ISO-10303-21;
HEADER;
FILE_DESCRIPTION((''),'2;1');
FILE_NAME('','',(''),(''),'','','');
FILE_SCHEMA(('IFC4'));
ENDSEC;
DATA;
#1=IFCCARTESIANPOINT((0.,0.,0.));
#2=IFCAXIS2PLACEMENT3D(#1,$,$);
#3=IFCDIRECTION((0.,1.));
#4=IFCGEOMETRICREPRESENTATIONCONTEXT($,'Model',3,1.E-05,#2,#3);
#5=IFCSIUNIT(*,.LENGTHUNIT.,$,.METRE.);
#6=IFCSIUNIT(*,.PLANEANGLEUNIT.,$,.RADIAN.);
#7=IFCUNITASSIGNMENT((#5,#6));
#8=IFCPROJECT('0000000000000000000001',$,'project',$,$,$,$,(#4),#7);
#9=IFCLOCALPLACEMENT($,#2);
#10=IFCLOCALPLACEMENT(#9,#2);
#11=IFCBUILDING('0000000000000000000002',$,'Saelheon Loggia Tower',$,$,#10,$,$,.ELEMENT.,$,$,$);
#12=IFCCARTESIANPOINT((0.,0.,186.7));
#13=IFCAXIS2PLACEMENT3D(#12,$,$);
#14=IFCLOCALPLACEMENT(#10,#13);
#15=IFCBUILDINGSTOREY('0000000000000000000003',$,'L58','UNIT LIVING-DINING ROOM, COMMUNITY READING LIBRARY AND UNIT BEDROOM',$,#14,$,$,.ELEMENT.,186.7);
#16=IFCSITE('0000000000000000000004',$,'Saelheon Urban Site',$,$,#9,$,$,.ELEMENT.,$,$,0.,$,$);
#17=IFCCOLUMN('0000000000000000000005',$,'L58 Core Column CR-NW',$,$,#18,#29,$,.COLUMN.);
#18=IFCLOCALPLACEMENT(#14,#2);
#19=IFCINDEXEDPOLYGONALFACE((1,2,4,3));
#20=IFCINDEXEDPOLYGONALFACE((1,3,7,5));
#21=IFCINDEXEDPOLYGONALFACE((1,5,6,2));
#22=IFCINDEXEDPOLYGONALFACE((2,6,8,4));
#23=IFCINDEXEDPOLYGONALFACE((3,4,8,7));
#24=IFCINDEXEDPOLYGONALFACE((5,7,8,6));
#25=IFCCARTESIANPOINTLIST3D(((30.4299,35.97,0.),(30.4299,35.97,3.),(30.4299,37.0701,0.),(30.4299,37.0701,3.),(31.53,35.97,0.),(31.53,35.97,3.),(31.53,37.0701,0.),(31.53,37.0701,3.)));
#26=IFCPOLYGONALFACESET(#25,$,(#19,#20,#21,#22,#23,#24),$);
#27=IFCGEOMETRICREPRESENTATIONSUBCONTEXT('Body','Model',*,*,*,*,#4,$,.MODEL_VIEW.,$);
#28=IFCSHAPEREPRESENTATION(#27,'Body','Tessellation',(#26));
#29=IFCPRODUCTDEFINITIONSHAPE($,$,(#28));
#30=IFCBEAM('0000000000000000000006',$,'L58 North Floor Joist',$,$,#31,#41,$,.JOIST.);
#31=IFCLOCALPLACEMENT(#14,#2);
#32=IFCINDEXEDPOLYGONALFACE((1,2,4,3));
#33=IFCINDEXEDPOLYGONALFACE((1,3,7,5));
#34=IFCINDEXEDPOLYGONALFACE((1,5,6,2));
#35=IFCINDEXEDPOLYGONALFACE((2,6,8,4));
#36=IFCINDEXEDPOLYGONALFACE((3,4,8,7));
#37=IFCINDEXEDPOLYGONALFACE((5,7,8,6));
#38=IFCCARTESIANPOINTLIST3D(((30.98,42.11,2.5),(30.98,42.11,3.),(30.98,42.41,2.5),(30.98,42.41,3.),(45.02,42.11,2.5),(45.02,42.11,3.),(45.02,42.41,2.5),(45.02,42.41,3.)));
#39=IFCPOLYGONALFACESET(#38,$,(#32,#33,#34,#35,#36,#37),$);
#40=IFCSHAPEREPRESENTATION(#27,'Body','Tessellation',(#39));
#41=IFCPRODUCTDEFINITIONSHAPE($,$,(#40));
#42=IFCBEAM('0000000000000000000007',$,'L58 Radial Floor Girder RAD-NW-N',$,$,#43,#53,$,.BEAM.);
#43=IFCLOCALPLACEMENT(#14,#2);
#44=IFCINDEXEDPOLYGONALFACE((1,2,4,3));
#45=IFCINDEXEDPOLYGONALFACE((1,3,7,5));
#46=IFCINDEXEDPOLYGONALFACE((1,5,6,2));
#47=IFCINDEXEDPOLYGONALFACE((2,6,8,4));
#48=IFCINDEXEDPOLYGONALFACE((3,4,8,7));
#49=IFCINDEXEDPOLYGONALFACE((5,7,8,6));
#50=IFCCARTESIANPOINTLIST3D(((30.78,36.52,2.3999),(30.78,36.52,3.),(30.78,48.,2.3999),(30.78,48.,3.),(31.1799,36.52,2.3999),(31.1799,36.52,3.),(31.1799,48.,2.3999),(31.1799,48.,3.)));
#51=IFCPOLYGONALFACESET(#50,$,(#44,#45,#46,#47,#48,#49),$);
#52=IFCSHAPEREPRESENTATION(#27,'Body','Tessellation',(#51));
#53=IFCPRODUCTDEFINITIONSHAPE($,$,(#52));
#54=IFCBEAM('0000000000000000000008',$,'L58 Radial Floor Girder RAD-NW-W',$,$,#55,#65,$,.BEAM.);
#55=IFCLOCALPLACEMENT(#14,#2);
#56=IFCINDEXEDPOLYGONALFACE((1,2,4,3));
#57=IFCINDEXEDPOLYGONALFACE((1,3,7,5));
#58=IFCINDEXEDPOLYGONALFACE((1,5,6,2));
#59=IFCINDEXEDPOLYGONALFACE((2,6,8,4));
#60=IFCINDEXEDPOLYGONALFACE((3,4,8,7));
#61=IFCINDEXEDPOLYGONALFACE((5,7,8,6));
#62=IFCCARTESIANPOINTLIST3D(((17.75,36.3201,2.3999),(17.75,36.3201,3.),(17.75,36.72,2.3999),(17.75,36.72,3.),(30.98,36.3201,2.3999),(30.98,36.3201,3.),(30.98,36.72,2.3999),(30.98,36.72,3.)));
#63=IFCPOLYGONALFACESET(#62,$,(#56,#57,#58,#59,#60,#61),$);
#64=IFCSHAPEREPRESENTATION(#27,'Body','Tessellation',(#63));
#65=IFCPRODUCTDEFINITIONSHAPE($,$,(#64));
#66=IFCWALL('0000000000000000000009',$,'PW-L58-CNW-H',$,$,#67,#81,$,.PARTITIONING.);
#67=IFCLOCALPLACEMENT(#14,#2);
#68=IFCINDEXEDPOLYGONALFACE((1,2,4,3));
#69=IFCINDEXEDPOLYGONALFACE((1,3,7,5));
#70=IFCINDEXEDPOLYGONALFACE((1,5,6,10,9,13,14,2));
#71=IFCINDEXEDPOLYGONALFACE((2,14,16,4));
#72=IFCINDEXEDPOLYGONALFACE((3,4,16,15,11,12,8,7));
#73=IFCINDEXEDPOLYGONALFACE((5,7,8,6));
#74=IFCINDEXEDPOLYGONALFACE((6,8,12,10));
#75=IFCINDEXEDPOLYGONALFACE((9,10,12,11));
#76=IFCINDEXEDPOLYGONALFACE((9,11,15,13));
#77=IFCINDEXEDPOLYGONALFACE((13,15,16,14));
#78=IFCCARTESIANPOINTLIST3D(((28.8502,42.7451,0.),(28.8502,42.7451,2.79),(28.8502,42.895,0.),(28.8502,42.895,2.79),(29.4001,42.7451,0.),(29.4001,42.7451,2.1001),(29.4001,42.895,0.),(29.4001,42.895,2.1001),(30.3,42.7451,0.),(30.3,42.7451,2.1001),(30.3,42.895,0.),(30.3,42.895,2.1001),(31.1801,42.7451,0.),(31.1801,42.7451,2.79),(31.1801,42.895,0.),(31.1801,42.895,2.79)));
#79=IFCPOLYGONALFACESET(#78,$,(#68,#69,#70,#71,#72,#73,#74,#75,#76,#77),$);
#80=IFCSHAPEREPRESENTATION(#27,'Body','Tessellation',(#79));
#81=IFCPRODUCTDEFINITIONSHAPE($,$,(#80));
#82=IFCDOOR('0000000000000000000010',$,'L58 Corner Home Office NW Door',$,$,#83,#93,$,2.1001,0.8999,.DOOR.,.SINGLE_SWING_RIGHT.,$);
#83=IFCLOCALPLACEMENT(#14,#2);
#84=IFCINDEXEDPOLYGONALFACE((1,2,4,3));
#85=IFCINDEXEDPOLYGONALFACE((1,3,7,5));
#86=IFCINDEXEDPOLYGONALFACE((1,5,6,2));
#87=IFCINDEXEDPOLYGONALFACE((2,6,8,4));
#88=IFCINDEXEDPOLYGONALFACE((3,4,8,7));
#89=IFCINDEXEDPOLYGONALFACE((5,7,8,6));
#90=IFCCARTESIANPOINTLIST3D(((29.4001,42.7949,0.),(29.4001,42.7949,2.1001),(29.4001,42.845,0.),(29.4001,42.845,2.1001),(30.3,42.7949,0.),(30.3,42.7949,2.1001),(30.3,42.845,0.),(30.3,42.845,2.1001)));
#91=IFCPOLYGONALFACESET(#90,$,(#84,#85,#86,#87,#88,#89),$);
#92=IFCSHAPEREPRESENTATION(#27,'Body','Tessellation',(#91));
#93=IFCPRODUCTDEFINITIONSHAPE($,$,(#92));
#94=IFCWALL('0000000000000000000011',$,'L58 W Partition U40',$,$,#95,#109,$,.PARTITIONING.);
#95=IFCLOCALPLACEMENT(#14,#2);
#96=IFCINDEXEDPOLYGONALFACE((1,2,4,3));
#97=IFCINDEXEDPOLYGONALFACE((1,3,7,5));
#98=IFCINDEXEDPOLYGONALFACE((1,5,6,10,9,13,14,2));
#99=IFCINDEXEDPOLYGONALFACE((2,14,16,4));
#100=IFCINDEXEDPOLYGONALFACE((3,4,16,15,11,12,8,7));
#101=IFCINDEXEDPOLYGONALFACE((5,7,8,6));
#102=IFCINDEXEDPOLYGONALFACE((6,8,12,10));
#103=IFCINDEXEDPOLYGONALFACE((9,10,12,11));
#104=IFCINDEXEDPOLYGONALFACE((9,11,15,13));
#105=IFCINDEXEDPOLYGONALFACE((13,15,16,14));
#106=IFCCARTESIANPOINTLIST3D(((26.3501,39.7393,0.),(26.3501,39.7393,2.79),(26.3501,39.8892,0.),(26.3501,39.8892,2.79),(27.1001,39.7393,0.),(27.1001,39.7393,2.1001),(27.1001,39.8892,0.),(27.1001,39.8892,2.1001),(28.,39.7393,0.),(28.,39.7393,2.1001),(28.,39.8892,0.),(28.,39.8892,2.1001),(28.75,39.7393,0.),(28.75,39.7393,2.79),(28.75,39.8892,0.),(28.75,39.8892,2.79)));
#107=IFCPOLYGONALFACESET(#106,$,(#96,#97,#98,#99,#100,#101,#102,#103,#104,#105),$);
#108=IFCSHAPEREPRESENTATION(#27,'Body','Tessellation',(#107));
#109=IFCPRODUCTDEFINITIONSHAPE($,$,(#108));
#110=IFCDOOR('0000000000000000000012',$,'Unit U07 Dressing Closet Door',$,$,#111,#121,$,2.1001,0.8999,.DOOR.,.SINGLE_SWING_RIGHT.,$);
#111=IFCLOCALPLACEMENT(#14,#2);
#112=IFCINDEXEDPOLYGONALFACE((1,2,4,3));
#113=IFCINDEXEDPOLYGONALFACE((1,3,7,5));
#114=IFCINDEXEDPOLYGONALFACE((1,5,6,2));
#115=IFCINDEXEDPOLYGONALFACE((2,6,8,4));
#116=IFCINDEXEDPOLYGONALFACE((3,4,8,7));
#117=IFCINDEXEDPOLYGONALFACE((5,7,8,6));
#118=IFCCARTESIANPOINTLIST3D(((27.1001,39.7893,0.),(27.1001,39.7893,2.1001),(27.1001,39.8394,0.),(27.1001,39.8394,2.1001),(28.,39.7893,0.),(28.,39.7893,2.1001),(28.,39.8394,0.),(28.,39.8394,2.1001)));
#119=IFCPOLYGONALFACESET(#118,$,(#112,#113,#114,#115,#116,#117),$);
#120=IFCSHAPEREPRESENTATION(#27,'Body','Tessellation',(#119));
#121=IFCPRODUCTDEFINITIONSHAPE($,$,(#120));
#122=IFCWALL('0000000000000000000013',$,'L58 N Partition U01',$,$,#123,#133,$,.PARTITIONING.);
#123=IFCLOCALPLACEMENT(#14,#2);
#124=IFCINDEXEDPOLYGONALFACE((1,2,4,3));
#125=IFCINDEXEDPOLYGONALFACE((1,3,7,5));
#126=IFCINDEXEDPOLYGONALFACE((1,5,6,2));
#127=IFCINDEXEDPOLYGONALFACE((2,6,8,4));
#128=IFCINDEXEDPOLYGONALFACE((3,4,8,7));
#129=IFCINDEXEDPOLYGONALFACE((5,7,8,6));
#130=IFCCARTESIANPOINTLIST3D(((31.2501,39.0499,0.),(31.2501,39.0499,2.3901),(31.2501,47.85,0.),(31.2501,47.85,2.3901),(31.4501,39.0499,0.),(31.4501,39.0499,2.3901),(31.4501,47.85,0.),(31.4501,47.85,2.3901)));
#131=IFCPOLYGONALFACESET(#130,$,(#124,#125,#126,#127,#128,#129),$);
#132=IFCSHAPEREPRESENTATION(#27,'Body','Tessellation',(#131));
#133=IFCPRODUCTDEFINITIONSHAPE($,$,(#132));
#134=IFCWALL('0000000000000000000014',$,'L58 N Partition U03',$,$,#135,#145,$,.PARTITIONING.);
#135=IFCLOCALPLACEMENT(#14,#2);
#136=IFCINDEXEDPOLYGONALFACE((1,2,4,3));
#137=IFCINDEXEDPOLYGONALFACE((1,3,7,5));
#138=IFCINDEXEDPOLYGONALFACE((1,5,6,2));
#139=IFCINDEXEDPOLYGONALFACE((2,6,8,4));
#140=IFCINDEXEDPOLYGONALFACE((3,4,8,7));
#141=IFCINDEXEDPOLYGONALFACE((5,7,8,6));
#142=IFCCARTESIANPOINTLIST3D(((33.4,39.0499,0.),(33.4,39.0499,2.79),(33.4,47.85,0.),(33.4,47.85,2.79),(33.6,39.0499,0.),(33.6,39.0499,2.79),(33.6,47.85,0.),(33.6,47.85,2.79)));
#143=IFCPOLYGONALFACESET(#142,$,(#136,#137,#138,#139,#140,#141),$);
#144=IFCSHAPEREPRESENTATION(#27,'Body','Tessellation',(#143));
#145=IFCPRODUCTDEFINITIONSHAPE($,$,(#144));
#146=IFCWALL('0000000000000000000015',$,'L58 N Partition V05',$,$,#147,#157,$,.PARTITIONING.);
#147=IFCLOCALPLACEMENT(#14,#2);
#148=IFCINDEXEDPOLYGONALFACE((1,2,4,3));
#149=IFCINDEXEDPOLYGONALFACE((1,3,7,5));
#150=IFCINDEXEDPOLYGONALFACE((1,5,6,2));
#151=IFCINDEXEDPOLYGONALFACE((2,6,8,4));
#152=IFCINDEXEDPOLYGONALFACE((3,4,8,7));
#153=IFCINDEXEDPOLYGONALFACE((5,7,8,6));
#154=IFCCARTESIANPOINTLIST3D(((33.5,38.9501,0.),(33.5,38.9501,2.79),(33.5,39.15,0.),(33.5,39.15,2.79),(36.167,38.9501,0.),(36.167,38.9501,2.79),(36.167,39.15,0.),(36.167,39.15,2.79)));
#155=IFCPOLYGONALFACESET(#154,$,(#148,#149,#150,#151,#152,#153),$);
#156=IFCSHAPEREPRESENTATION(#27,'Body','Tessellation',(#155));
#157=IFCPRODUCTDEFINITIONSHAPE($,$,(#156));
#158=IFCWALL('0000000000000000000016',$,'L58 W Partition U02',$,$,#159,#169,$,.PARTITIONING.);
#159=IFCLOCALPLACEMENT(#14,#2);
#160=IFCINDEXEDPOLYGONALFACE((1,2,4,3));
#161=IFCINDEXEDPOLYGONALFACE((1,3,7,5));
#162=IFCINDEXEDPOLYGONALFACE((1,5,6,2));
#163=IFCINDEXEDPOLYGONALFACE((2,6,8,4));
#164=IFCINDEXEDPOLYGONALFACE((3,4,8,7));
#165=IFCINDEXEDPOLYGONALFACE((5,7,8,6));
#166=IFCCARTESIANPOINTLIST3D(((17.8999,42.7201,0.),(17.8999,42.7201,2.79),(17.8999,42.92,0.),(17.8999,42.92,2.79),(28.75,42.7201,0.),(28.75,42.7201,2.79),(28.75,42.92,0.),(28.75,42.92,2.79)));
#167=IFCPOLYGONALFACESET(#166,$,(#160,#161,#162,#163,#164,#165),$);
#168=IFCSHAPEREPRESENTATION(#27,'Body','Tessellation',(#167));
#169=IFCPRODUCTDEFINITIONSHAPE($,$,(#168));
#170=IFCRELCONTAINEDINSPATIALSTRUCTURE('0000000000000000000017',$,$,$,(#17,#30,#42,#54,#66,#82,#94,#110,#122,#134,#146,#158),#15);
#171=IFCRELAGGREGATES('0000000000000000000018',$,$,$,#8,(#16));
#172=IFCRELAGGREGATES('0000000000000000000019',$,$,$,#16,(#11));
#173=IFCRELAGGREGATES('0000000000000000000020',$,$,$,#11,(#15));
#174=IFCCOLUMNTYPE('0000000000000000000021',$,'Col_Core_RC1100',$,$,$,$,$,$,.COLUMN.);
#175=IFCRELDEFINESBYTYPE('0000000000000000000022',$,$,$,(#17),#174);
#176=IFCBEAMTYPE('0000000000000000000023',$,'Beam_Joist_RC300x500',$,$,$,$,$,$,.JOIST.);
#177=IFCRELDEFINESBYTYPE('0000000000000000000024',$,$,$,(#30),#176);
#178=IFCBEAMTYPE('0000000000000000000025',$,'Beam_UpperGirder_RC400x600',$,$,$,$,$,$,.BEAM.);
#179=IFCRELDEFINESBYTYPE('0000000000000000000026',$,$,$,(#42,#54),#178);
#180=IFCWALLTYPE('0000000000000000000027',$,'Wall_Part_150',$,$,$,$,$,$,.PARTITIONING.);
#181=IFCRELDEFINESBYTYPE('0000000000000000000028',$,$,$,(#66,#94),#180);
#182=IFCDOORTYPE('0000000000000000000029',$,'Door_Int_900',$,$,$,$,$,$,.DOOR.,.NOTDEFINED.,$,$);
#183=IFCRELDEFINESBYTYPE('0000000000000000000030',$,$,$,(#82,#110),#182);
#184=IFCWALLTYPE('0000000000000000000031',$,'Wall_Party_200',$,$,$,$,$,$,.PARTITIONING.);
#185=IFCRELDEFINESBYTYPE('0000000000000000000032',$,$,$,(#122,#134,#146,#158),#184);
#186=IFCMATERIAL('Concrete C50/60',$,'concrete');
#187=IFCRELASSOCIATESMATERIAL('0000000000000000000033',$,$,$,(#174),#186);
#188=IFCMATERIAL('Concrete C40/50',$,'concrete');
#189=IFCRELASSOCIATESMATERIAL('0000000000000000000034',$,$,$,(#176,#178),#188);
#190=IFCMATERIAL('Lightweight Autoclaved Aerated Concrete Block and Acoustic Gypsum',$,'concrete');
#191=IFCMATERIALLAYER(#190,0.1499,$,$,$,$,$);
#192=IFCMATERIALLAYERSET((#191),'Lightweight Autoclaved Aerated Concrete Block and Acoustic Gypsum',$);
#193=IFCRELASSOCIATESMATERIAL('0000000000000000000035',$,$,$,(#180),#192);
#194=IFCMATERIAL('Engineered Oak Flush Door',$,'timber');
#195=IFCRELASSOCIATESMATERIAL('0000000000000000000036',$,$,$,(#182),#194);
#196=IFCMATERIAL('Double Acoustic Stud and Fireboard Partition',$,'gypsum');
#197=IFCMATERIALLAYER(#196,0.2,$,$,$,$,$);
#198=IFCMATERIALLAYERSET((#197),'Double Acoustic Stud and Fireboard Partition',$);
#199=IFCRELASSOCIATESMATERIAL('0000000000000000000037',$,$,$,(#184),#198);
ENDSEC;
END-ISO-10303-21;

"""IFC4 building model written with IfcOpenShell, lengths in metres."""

from ifc_helpers import new_model, si_unit, direction, frame, frame_2d, origin, origin_2d, place, context, subcontext, project, spatial, rectangle, extrude, source, transform, mapped, material, layer, layer_set, material_profile, profile_set, type_object, element, fill, save


model = new_model("IFC4")

# Units and contexts
model_context = context("Model", 3, precision=1e-05, world=origin(), true_north=direction((0.0, 1.0)))
body_context = subcontext(model_context, "Body", "Model", "MODEL_VIEW")
ifc_project = project(units=[si_unit("LENGTHUNIT", "METRE"), si_unit("PLANEANGLEUNIT", "RADIAN")], contexts=[model_context])

# Site, building, storey
site_placement = place(None, origin())
site = spatial("IfcSite", under=ifc_project, at=site_placement, Name="Saelheon Urban Site", CompositionType="ELEMENT", RefElevation=0.0)
building_placement = place(site_placement, origin())
building = spatial("IfcBuilding", under=site, at=building_placement, Name="Saelheon Loggia Tower", CompositionType="ELEMENT")
storey_placement = place(building_placement, frame((0.0, 0.0, 186.7)))
storey = spatial("IfcBuildingStorey", under=building, at=storey_placement, Name="L58", Description="UNIT LIVING-DINING ROOM, COMMUNITY READING LIBRARY AND UNIT BEDROOM", CompositionType="ELEMENT", Elevation=186.7)

# Column
ifc_material_1 = material(Name="Concrete C50/60", Category="concrete")
ifc_material_profile_1 = material_profile(ifc_material_1, rectangle(XDim=1.1001, YDim=1.1001, at=origin_2d()), Name="RC-1100x1100")
ifc_profile_set_1 = profile_set([ifc_material_profile_1], Name="Concrete C50/60")
column_type = type_object("IfcColumnType", Name="Col_Core_RC1100", PredefinedType="COLUMN", material=ifc_profile_set_1)
shared_shape_1 = source(origin(), body_context, "Body", "SweptSolid", [
    extrude(rectangle(XDim=1.1001, YDim=1.1001, at=origin_2d()), origin(), (0.0, 0.0, 1.0), 3.0),
])
column_placement = place(storey_placement, frame((30.98, 36.52, 0.0), z_axis=(0.0, 0.0, 1.0), x_axis=(1.0, 0.0, 0.0)))
element("IfcColumn", 1, at=column_placement, inside=storey, type_object=column_type, Name="L58 Core Column CR-NW", PredefinedType="COLUMN", context=body_context, shape_type="MappedRepresentation", body=[
    mapped(shared_shape_1, transform((0.0, 0.0, 0.0), scale=1.0)),
])

# Beams
ifc_material_2 = material(Name="Concrete C40/50", Category="concrete")
ifc_material_profile_2 = material_profile(ifc_material_2, rectangle(XDim=0.3, YDim=0.5, at=origin_2d()), Name="RC-300x500")
ifc_profile_set_2 = profile_set([ifc_material_profile_2], Name="Concrete C40/50")
beam_type_1 = type_object("IfcBeamType", Name="Beam_Joist_RC300x500", PredefinedType="JOIST", material=ifc_profile_set_2)
shared_shape_2 = source(origin(), body_context, "Body", "SweptSolid", [
    extrude(rectangle(XDim=0.3, YDim=0.5, at=origin_2d()), origin(), (0.0, 0.0, 1.0), 14.04),
])
beam_1_placement = place(storey_placement, frame((30.98, 42.26, 2.75), z_axis=(1.0, 0.0, 0.0), x_axis=(0.0, 1.0, 0.0)))
element("IfcBeam", 2, at=beam_1_placement, inside=storey, type_object=beam_type_1, Name="L58 North Floor Joist", PredefinedType="JOIST", context=body_context, shape_type="MappedRepresentation", body=[
    mapped(shared_shape_2, transform((0.0, 0.0, 0.0), scale=1.0)),
])
ifc_material_profile_3 = material_profile(ifc_material_2, rectangle(XDim=0.3999, YDim=0.6001, at=origin_2d()), Name="RC-400x600")
ifc_profile_set_3 = profile_set([ifc_material_profile_3], Name="Concrete C40/50")
beam_type_2 = type_object("IfcBeamType", Name="Beam_UpperGirder_RC400x600", PredefinedType="BEAM", material=ifc_profile_set_3)
shared_shape_3 = source(origin(), body_context, "Body", "SweptSolid", [
    extrude(rectangle(XDim=0.3999, YDim=0.6001, at=origin_2d()), origin(), (0.0, 0.0, 1.0), 11.48),
])
beam_2_placement = place(storey_placement, frame((30.98, 36.52, 2.7), z_axis=(0.0, 1.0, 0.0), x_axis=(-1.0, 0.0, 0.0)))
element("IfcBeam", 3, at=beam_2_placement, inside=storey, type_object=beam_type_2, Name="L58 Radial Floor Girder RAD-NW-N", PredefinedType="BEAM", context=body_context, shape_type="MappedRepresentation", body=[
    mapped(shared_shape_3, transform((0.0, 0.0, 0.0), scale=1.0)),
])
shared_shape_4 = source(origin(), body_context, "Body", "SweptSolid", [
    extrude(rectangle(XDim=0.3999, YDim=0.6001, at=origin_2d()), origin(), (0.0, 0.0, 1.0), 13.23),
])
beam_3_placement = place(storey_placement, frame((30.98, 36.52, 2.7), z_axis=(-1.0, 0.0, 0.0), x_axis=(0.0, -1.0, 0.0)))
element("IfcBeam", 4, at=beam_3_placement, inside=storey, type_object=beam_type_2, Name="L58 Radial Floor Girder RAD-NW-W", PredefinedType="BEAM", context=body_context, shape_type="MappedRepresentation", body=[
    mapped(shared_shape_4, transform((0.0, 0.0, 0.0), scale=1.0)),
])

# Walls, openings, doors
ifc_material_3 = material(Name="Lightweight Autoclaved Aerated Concrete Block and Acoustic Gypsum", Category="concrete")
ifc_layer_1 = layer(ifc_material_3, 0.1499)
ifc_layer_set_1 = layer_set([ifc_layer_1], Name="Lightweight Autoclaved Aerated Concrete Block and Acoustic Gypsum")
wall_type_1 = type_object("IfcWallType", Name="Wall_Part_150", PredefinedType="PARTITIONING", material=ifc_layer_set_1)
wall_1_placement = place(storey_placement, frame((28.8501, 42.8201, 0.0), z_axis=(0.0, 0.0, 1.0), x_axis=(1.0, 0.0, 0.0)))
wall_1 = element("IfcWall", 5, at=wall_1_placement, inside=storey, type_object=wall_type_1, Name="PW-L58-CNW-H", PredefinedType="PARTITIONING", context=body_context, shape_type="SweptSolid", body=[
    extrude(rectangle(XDim=2.3298, YDim=0.1499, at=frame_2d((1.165, 0.0))), origin(), (0.0, 0.0, 1.0), 2.79),
])
opening_1_placement = place(wall_1_placement, frame((0.55, 0.0, 0.0)))
opening_1 = element("IfcOpeningElement", 6, at=opening_1_placement, cuts=wall_1, PredefinedType="OPENING", context=body_context, shape_type="SweptSolid", body=[
    extrude(rectangle(XDim=0.8999, YDim=2.1001, at=frame_2d((0.45, 1.05))), frame((0.0, 0.0869, 0.0), z_axis=(0.0, -1.0, 0.0), x_axis=(1.0, 0.0, 0.0)), (0.0, 0.0, 1.0), 0.1738),
])
ifc_material_4 = material(Name="Engineered Oak Flush Door", Category="timber")
door_type_1 = type_object("IfcDoorType", Name="Door_Int_900", OperationType="NOTDEFINED", PredefinedType="DOOR", material=ifc_material_4)
shared_shape_5 = source(origin(), body_context, "Body", "SweptSolid", [
    extrude(rectangle(XDim=0.8999, YDim=2.1001, at=frame_2d((0.45, 1.05))), frame((0.0, 0.0249, 0.0), z_axis=(0.0, -1.0, 0.0), x_axis=(1.0, 0.0, 0.0)), (0.0, 0.0, 1.0), 0.05),
])
door_1_placement = place(opening_1_placement, origin())
door_1 = element("IfcDoor", 7, at=door_1_placement, inside=storey, type_object=door_type_1, Name="L58 Corner Home Office NW Door", OperationType="SINGLE_SWING_RIGHT", OverallHeight=2.1001, OverallWidth=0.8999, PredefinedType="DOOR", context=body_context, shape_type="MappedRepresentation", body=[
    mapped(shared_shape_5, transform((0.0, 0.0, 0.0), scale=1.0)),
])
fill(opening_1, door_1)
wall_2_placement = place(storey_placement, frame((28.75, 39.8142, 0.0), z_axis=(0.0, 0.0, 1.0), x_axis=(-1.0, 0.0, 0.0)))
wall_2 = element("IfcWall", 8, at=wall_2_placement, inside=storey, type_object=wall_type_1, Name="L58 W Partition U40", PredefinedType="PARTITIONING", context=body_context, shape_type="SweptSolid", body=[
    extrude(rectangle(XDim=2.3999, YDim=0.1499, at=frame_2d((1.2, 0.0))), origin(), (0.0, 0.0, 1.0), 2.79),
])
opening_2_placement = place(wall_2_placement, frame((0.75, 0.0, 0.0)))
opening_2 = element("IfcOpeningElement", 9, at=opening_2_placement, cuts=wall_2, PredefinedType="OPENING", context=body_context, shape_type="SweptSolid", body=[
    extrude(rectangle(XDim=0.8999, YDim=2.1001, at=frame_2d((0.45, 1.05))), frame((0.0, 0.0869, 0.0), z_axis=(0.0, -1.0, 0.0), x_axis=(1.0, 0.0, 0.0)), (0.0, 0.0, 1.0), 0.1738),
])
door_2_placement = place(opening_2_placement, origin())
door_2 = element("IfcDoor", 10, at=door_2_placement, inside=storey, type_object=door_type_1, Name="Unit U07 Dressing Closet Door", OperationType="SINGLE_SWING_RIGHT", OverallHeight=2.1001, OverallWidth=0.8999, PredefinedType="DOOR", context=body_context, shape_type="MappedRepresentation", body=[
    mapped(shared_shape_5, transform((0.0, 0.0, 0.0), scale=1.0)),
])
fill(opening_2, door_2)

# Walls
ifc_material_5 = material(Name="Double Acoustic Stud and Fireboard Partition", Category="gypsum")
ifc_layer_2 = layer(ifc_material_5, 0.2)
ifc_layer_set_2 = layer_set([ifc_layer_2], Name="Double Acoustic Stud and Fireboard Partition")
wall_type_2 = type_object("IfcWallType", Name="Wall_Party_200", PredefinedType="PARTITIONING", material=ifc_layer_set_2)
wall_3_placement = place(storey_placement, frame((31.3501, 39.05, 0.0), z_axis=(0.0, 0.0, 1.0), x_axis=(0.0, 1.0, 0.0)))
element("IfcWall", 11, at=wall_3_placement, inside=storey, type_object=wall_type_2, Name="L58 N Partition U01", PredefinedType="PARTITIONING", context=body_context, shape_type="SweptSolid", body=[
    extrude(rectangle(XDim=8.8, YDim=0.2, at=frame_2d((4.3999, 0.0))), origin(), (0.0, 0.0, 1.0), 2.3901),
])
wall_4_placement = place(storey_placement, frame((33.5, 39.05, 0.0), z_axis=(0.0, 0.0, 1.0), x_axis=(0.0, 1.0, 0.0)))
element("IfcWall", 12, at=wall_4_placement, inside=storey, type_object=wall_type_2, Name="L58 N Partition U03", PredefinedType="PARTITIONING", context=body_context, shape_type="SweptSolid", body=[
    extrude(rectangle(XDim=8.8, YDim=0.2, at=frame_2d((4.3999, 0.0))), origin(), (0.0, 0.0, 1.0), 2.79),
])
wall_5_placement = place(storey_placement, frame((33.5, 39.05, 0.0), z_axis=(0.0, 0.0, 1.0), x_axis=(1.0, 0.0, 0.0)))
element("IfcWall", 13, at=wall_5_placement, inside=storey, type_object=wall_type_2, Name="L58 N Partition V05", PredefinedType="PARTITIONING", context=body_context, shape_type="SweptSolid", body=[
    extrude(rectangle(XDim=2.667, YDim=0.2, at=frame_2d((1.3335, 0.0))), origin(), (0.0, 0.0, 1.0), 2.79),
])
wall_6_placement = place(storey_placement, frame((28.75, 42.8201, 0.0), z_axis=(0.0, 0.0, 1.0), x_axis=(-1.0, 0.0, 0.0)))
element("IfcWall", 14, at=wall_6_placement, inside=storey, type_object=wall_type_2, Name="L58 W Partition U02", PredefinedType="PARTITIONING", context=body_context, shape_type="SweptSolid", body=[
    extrude(rectangle(XDim=10.8501, YDim=0.2, at=frame_2d((5.425, 0.0))), origin(), (0.0, 0.0, 1.0), 2.79),
])

save(model, "model.ifc")
